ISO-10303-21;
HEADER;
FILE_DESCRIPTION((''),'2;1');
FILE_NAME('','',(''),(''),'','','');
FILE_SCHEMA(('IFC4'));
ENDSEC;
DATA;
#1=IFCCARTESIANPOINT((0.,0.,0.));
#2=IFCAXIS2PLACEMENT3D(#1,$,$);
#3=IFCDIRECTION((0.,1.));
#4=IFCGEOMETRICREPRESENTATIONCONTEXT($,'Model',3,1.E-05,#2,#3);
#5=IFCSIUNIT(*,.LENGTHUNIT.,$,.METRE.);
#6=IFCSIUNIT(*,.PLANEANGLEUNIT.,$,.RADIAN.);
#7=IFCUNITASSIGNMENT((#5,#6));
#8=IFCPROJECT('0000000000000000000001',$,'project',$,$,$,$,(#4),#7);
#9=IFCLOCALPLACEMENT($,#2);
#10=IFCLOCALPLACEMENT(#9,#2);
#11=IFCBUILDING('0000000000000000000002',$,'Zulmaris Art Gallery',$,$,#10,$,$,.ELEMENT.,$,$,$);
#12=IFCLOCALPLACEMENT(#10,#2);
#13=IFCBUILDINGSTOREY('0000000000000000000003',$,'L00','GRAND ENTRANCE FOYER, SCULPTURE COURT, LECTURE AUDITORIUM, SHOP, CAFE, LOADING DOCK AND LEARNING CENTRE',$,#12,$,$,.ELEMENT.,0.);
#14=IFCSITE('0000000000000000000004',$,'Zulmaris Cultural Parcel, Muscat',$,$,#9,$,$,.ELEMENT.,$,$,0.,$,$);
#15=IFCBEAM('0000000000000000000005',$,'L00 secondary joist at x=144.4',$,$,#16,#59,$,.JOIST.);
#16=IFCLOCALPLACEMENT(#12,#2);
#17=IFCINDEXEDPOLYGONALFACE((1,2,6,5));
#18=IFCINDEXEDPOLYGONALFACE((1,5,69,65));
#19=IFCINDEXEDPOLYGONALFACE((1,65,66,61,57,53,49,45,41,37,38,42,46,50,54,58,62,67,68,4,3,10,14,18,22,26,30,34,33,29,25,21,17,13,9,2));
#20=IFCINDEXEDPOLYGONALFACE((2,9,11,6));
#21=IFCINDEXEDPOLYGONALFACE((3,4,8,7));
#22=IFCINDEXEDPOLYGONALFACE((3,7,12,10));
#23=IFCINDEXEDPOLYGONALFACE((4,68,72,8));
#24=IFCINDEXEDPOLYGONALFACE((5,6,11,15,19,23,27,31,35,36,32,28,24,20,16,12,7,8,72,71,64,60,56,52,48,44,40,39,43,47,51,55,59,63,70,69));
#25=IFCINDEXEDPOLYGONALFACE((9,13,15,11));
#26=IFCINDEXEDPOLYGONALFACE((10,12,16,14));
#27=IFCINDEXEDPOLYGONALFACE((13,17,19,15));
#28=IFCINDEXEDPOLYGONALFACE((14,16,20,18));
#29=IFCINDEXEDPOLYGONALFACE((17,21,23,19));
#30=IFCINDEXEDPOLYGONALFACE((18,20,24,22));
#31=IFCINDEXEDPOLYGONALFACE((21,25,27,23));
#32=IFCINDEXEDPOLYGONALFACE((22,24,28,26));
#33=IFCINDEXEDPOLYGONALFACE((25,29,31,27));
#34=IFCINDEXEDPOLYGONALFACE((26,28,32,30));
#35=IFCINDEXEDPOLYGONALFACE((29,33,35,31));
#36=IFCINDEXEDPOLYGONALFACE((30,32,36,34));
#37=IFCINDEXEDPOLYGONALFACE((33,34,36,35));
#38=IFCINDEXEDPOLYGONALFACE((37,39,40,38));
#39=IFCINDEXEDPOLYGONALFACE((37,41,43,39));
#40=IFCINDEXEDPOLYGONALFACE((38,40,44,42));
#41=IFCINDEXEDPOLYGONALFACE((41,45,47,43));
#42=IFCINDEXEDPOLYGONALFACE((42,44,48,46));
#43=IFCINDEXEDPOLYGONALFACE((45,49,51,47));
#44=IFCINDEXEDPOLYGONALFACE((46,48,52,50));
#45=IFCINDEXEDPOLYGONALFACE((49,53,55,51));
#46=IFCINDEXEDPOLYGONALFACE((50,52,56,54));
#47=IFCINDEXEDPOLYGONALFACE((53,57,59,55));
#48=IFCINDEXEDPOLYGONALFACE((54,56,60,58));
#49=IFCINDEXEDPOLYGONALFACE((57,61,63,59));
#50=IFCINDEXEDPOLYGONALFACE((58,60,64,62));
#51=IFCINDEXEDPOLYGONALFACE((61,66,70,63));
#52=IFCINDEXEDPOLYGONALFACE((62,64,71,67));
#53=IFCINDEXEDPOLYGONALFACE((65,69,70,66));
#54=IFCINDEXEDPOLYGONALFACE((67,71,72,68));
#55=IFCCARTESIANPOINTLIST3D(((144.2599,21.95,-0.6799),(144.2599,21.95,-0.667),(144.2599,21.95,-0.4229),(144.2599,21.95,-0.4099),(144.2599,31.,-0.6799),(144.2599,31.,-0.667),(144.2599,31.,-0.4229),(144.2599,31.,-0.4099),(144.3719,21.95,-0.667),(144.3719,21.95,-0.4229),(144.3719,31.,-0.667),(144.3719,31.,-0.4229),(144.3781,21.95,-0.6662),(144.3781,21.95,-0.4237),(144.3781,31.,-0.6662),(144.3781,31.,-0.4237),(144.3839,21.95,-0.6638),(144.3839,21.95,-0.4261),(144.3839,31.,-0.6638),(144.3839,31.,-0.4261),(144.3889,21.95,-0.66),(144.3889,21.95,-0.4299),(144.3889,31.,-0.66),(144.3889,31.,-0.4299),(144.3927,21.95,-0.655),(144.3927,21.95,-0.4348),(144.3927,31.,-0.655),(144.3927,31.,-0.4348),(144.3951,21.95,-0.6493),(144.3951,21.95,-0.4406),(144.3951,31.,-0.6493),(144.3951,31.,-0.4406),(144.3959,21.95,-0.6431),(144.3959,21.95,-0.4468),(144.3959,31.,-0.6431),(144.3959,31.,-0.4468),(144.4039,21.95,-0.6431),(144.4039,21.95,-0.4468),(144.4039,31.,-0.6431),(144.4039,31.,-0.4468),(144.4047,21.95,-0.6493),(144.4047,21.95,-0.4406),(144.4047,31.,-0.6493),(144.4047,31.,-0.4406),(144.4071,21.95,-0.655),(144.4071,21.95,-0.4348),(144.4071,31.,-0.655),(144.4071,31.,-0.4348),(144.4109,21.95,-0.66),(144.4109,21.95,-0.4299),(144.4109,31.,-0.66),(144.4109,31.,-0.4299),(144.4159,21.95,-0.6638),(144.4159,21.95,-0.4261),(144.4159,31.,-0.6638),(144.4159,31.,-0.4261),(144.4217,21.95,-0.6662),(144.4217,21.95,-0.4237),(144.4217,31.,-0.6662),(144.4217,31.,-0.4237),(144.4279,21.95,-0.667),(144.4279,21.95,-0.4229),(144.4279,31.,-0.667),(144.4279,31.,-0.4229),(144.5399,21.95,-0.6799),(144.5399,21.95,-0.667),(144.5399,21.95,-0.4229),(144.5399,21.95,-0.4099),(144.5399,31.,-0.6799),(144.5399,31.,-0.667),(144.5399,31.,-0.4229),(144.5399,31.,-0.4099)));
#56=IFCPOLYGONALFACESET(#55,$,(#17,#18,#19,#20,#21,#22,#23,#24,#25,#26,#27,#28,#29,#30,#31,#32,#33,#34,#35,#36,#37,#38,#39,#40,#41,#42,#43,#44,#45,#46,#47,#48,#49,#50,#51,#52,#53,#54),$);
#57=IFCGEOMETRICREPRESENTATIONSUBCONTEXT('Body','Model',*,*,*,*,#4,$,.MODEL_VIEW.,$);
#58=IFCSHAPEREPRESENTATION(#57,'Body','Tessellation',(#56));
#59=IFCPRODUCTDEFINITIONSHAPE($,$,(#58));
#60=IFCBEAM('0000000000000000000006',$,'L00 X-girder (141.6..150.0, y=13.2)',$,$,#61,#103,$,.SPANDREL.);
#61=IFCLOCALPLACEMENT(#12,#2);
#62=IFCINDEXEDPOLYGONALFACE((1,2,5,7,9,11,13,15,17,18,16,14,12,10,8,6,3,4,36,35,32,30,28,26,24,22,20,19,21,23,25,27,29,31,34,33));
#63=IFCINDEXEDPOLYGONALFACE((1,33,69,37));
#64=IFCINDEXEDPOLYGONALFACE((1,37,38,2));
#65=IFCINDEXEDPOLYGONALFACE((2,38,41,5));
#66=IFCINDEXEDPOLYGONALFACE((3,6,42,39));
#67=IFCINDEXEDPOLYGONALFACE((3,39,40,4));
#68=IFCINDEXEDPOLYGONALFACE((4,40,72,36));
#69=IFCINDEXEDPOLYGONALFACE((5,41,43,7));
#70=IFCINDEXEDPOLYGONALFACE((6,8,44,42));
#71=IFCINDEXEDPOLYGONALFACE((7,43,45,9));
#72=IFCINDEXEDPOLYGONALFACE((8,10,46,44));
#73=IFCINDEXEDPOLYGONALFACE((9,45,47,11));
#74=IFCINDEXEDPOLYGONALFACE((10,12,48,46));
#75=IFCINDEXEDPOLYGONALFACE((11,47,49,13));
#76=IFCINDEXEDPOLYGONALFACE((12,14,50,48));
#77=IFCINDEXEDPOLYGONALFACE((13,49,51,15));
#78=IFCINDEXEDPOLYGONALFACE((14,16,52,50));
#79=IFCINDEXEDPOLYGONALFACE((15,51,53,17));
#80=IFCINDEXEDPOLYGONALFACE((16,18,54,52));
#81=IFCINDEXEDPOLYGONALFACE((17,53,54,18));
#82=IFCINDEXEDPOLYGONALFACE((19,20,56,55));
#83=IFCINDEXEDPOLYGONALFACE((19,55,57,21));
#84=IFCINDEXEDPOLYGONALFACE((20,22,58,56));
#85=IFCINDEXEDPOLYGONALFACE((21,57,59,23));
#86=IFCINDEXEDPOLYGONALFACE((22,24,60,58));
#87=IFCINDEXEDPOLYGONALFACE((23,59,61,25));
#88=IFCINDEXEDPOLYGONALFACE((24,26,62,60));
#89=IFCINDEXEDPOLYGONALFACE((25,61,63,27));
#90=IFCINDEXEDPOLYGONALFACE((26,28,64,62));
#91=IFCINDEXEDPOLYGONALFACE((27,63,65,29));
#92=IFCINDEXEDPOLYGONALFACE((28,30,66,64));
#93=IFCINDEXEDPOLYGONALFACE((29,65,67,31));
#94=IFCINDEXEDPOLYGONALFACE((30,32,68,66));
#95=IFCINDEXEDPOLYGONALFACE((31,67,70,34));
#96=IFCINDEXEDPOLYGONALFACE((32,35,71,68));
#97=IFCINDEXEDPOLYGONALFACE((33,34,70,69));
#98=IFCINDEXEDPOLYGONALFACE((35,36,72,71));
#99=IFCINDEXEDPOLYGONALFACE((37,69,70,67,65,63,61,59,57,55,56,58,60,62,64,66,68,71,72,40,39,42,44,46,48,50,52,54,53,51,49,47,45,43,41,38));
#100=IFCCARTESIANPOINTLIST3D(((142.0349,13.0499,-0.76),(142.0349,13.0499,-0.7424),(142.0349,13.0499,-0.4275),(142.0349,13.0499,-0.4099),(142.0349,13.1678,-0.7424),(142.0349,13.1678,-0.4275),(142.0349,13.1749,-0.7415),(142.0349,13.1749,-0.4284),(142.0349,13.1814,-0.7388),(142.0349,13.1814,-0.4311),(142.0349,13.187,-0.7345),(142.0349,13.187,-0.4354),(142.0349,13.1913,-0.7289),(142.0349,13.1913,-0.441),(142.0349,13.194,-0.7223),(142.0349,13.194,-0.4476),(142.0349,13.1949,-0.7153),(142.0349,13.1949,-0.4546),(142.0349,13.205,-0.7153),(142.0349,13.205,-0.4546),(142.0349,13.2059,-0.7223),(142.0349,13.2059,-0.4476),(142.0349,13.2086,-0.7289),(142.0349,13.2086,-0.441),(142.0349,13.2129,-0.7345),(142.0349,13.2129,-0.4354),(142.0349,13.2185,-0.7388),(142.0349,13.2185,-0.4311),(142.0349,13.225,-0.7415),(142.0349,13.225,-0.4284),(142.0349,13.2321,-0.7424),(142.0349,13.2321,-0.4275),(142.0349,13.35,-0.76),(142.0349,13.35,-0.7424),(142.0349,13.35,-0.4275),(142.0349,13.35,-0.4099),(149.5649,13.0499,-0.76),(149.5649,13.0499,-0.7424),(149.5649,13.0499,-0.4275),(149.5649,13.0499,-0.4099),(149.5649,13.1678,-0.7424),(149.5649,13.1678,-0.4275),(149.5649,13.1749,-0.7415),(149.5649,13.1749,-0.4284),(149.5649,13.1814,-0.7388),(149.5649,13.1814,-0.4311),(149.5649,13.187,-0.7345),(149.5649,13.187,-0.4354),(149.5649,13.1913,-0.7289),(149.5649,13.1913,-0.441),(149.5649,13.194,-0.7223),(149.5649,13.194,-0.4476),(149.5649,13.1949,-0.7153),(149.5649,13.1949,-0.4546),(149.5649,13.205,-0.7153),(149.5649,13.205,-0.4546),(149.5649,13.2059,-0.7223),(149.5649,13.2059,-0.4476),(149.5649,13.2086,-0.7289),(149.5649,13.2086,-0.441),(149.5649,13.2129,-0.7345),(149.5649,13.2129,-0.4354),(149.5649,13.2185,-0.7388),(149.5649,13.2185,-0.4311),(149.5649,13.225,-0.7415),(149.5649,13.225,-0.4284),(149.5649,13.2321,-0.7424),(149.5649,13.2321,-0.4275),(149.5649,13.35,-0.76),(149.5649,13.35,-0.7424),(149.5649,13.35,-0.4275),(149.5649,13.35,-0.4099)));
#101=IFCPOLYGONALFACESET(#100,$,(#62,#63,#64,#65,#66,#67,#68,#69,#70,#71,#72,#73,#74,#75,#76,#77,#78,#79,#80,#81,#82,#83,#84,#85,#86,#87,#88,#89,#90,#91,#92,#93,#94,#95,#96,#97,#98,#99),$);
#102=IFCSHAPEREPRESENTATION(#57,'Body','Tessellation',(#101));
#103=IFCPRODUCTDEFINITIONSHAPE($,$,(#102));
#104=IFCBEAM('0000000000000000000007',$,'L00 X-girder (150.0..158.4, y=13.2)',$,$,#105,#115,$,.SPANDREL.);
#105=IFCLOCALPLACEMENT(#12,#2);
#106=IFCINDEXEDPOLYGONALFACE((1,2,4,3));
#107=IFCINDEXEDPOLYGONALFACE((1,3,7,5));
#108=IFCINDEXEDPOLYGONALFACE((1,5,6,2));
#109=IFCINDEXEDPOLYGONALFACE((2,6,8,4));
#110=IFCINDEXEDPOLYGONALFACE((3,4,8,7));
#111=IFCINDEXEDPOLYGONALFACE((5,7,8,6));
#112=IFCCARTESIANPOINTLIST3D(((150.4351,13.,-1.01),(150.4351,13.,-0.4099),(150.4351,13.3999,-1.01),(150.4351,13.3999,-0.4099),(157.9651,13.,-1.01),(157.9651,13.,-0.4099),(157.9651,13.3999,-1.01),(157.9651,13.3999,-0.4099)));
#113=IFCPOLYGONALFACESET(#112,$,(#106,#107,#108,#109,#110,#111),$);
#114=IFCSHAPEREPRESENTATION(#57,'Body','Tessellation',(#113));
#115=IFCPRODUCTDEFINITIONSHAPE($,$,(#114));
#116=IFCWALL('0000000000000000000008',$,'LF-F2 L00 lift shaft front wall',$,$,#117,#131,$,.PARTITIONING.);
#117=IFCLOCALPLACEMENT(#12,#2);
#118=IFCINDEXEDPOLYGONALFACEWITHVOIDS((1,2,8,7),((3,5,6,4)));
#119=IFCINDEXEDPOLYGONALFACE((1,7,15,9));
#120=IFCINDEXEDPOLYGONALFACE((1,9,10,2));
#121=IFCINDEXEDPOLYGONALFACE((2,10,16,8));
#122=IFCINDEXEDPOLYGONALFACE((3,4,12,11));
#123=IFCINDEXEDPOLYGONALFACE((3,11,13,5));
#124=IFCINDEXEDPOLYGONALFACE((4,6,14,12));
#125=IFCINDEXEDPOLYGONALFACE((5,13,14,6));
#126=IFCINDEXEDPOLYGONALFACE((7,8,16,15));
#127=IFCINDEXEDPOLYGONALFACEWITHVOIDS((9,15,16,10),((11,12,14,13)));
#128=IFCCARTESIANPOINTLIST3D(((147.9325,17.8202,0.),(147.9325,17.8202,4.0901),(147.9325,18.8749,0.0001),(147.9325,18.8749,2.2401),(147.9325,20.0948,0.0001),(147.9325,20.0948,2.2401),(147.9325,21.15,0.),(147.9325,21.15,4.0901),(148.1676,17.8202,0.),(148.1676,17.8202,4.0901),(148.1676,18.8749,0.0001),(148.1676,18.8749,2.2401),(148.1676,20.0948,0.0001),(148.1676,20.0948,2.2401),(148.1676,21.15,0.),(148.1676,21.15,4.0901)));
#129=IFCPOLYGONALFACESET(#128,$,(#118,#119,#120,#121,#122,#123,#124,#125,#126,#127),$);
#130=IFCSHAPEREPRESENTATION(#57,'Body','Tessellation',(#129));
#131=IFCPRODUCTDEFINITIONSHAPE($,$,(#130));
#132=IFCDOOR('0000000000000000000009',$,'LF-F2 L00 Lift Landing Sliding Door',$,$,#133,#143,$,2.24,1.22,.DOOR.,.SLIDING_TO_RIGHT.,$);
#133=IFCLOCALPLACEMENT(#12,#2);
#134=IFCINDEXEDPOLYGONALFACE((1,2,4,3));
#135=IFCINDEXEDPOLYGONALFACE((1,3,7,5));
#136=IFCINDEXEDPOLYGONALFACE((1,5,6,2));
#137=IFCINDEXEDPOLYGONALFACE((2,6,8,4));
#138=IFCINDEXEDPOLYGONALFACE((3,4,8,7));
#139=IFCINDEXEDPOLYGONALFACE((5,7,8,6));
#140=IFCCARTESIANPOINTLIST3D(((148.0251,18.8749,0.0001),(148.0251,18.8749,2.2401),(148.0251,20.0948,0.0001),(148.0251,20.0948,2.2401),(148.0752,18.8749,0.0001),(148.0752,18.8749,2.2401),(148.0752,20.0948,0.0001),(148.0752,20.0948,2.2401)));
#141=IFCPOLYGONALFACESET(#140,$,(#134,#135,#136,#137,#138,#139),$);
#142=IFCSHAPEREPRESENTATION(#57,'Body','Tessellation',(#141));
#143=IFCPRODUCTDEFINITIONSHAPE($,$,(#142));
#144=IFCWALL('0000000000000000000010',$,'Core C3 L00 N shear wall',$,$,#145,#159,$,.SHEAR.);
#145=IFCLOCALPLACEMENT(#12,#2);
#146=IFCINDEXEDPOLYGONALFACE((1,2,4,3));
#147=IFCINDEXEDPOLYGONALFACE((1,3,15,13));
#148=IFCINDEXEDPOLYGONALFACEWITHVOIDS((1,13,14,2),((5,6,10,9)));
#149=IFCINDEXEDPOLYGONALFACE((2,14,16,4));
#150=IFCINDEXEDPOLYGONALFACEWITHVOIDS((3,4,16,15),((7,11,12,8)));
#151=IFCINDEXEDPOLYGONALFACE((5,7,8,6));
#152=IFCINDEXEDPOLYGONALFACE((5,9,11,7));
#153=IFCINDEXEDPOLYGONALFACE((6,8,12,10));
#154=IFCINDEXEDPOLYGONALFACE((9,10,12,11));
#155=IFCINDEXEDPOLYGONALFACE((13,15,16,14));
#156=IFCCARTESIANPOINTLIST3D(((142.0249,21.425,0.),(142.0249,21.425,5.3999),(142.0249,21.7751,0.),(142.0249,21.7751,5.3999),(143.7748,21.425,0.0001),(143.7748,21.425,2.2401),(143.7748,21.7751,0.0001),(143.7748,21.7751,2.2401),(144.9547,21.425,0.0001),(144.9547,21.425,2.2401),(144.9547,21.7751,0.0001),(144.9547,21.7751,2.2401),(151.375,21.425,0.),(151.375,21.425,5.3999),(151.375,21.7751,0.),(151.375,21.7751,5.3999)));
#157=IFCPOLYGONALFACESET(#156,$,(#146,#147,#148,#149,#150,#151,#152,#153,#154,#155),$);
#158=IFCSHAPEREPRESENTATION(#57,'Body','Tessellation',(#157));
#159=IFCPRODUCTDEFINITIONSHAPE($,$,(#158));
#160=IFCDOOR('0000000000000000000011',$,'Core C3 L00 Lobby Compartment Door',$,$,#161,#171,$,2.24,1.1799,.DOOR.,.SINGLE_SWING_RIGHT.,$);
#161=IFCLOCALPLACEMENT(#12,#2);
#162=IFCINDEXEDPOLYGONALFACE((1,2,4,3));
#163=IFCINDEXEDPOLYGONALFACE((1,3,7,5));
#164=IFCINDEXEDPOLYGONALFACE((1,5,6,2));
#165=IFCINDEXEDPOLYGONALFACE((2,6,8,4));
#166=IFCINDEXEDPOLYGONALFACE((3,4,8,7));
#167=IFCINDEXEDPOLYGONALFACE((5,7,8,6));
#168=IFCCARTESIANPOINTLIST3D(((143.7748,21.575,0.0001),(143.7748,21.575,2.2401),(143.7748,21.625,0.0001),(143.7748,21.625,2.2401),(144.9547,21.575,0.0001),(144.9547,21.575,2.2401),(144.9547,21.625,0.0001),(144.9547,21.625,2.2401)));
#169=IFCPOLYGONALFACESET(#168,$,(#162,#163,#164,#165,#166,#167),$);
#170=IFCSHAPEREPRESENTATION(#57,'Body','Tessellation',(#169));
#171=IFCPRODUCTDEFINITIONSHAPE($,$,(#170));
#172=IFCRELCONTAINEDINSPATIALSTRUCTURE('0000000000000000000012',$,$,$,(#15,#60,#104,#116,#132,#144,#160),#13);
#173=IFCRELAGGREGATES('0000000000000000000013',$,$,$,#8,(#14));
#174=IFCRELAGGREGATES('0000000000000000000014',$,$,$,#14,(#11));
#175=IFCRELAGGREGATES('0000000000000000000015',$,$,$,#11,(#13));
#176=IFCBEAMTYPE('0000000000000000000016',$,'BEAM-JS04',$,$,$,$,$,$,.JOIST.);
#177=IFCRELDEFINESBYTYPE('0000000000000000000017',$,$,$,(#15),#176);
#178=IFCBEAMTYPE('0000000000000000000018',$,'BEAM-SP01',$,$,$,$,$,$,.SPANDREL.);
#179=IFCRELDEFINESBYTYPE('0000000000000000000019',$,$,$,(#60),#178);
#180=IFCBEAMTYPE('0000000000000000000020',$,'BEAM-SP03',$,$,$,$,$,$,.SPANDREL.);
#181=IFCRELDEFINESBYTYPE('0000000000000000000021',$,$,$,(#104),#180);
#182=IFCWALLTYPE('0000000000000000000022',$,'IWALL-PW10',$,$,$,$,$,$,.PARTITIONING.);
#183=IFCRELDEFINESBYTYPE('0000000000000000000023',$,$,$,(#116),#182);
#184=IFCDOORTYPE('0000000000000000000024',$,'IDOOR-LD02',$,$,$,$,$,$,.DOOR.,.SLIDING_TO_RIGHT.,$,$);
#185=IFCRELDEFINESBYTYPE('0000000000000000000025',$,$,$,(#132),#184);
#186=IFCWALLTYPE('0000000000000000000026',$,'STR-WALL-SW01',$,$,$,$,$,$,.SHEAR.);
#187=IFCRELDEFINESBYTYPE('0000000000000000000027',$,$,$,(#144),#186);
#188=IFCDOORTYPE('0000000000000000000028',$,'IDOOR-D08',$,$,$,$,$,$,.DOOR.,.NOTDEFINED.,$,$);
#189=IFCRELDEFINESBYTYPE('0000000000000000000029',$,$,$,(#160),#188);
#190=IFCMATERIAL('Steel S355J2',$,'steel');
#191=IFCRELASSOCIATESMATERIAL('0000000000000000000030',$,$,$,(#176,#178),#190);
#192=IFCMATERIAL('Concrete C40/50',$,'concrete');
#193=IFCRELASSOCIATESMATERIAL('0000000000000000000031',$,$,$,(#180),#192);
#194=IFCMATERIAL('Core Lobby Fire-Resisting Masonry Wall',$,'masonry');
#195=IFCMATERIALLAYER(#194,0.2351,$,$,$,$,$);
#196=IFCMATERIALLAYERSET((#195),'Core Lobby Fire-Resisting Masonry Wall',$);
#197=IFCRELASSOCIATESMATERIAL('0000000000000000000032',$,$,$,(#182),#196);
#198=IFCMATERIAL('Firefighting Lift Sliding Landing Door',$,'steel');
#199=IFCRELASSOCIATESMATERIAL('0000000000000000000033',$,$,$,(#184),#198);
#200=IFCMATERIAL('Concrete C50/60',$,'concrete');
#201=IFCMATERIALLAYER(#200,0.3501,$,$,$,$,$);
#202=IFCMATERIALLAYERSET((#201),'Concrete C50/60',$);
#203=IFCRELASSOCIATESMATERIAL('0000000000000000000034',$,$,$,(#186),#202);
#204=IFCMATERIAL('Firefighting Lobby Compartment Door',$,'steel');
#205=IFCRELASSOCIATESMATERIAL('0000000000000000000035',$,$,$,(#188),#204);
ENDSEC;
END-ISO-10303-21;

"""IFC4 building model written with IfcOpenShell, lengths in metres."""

from ifc_helpers import new_model, si_unit, direction, frame, frame_2d, origin, origin_2d, place, context, subcontext, project, spatial, rectangle, i_section, extrude, material, layer, layer_set, material_profile, profile_set, type_object, element, fill, save


model = new_model("IFC4")

# Units and contexts
model_context = context("Model", 3, precision=1e-05, world=origin(), true_north=direction((0.0, 1.0)))
body_context = subcontext(model_context, "Body", "Model", "MODEL_VIEW")
ifc_project = project(units=[si_unit("LENGTHUNIT", "METRE"), si_unit("PLANEANGLEUNIT", "RADIAN")], contexts=[model_context])

# Site, building, storey
site_placement = place(None, origin())
site = spatial("IfcSite", under=ifc_project, at=site_placement, Name="Zulmaris Cultural Parcel, Muscat", CompositionType="ELEMENT", RefElevation=0.0)
building_placement = place(site_placement, origin())
building = spatial("IfcBuilding", under=site, at=building_placement, Name="Zulmaris Art Gallery", CompositionType="ELEMENT")
storey_placement = place(building_placement, origin())
storey = spatial("IfcBuildingStorey", under=building, at=storey_placement, Name="L00", Description="GRAND ENTRANCE FOYER, SCULPTURE COURT, LECTURE AUDITORIUM, SHOP, CAFE, LOADING DOCK AND LEARNING CENTRE", CompositionType="ELEMENT", Elevation=0.0)

# Shared definitions
ifc_material_1 = material(Name="Concrete C50/60", Category="concrete")

# Beams
ifc_material_2 = material(Name="Concrete C40/50", Category="concrete")
ifc_material_3 = material(Name="Steel S355J2", Category="steel")
ifc_material_profile_1 = material_profile(ifc_material_3, i_section(OverallWidth=0.28, OverallDepth=0.27, WebThickness=0.0081, FlangeThickness=0.0129, FilletRadius=0.0239, at=origin_2d()), Name="HEA 280")
ifc_profile_set_1 = profile_set([ifc_material_profile_1], Name="Steel S355J2")
beam_type_1 = type_object("IfcBeamType", Name="BEAM-JS04", PredefinedType="JOIST", material=ifc_profile_set_1)
beam_1_placement = place(storey_placement, frame((144.3999, 21.95, -0.5449), z_axis=(0.0, 1.0, 0.0), x_axis=(-1.0, 0.0, 0.0)))
element("IfcBeam", 1, at=beam_1_placement, inside=storey, type_object=beam_type_1, Name="L00 secondary joist at x=144.4", PredefinedType="JOIST", context=body_context, shape_type="SweptSolid", body=[
    extrude(i_section(OverallWidth=0.28, OverallDepth=0.27, WebThickness=0.0081, FlangeThickness=0.0129, FilletRadius=0.0239, at=origin_2d()), origin(), (0.0, 0.0, 1.0), 9.05),
])
ifc_material_profile_2 = material_profile(ifc_material_3, i_section(OverallWidth=0.3, OverallDepth=0.3501, WebThickness=0.01, FlangeThickness=0.0176, FilletRadius=0.0271, at=origin_2d()), Name="HEA 360")
ifc_profile_set_2 = profile_set([ifc_material_profile_2], Name="Steel S355J2")
beam_type_2 = type_object("IfcBeamType", Name="BEAM-SP01", PredefinedType="SPANDREL", material=ifc_profile_set_2)
beam_2_placement = place(storey_placement, frame((142.0349, 13.2, -0.585), z_axis=(1.0, 0.0, 0.0), x_axis=(0.0, 1.0, 0.0)))
element("IfcBeam", 2, at=beam_2_placement, inside=storey, type_object=beam_type_2, Name="L00 X-girder (141.6..150.0, y=13.2)", PredefinedType="SPANDREL", context=body_context, shape_type="SweptSolid", body=[
    extrude(i_section(OverallWidth=0.3, OverallDepth=0.3501, WebThickness=0.01, FlangeThickness=0.0176, FilletRadius=0.0271, at=origin_2d()), origin(), (0.0, 0.0, 1.0), 7.53),
])
ifc_material_profile_3 = material_profile(ifc_material_2, rectangle(XDim=0.3999, YDim=0.6001, at=origin_2d()), Name="RC 400x600")
ifc_profile_set_3 = profile_set([ifc_material_profile_3], Name="Concrete C40/50")
beam_type_3 = type_object("IfcBeamType", Name="BEAM-SP03", PredefinedType="SPANDREL", material=ifc_profile_set_3)
beam_3_placement = place(storey_placement, frame((150.4351, 13.2, -0.71), z_axis=(1.0, 0.0, 0.0), x_axis=(0.0, 1.0, 0.0)))
element("IfcBeam", 3, at=beam_3_placement, inside=storey, type_object=beam_type_3, Name="L00 X-girder (150.0..158.4, y=13.2)", PredefinedType="SPANDREL", context=body_context, shape_type="SweptSolid", body=[
    extrude(rectangle(XDim=0.3999, YDim=0.6001, at=origin_2d()), origin(), (0.0, 0.0, 1.0), 7.53),
])

# Walls, openings, doors
ifc_material_4 = material(Name="Core Lobby Fire-Resisting Masonry Wall", Category="masonry")
ifc_layer_1 = layer(ifc_material_4, 0.2351)
ifc_layer_set_1 = layer_set([ifc_layer_1], Name="Core Lobby Fire-Resisting Masonry Wall")
wall_type_1 = type_object("IfcWallType", Name="IWALL-PW10", PredefinedType="PARTITIONING", material=ifc_layer_set_1)
wall_1_placement = place(storey_placement, frame((148.05, 17.8201, 0.0), z_axis=(0.0, 0.0, 1.0), x_axis=(0.0, 1.0, 0.0)))
wall_1 = element("IfcWall", 4, at=wall_1_placement, inside=storey, type_object=wall_type_1, Name="LF-F2 L00 lift shaft front wall", PredefinedType="PARTITIONING", context=body_context, shape_type="SweptSolid", body=[
    extrude(rectangle(XDim=3.3298, YDim=0.2351, at=frame_2d((1.665, 0.0))), origin(), (0.0, 0.0, 1.0), 4.0901),
])
opening_1_placement = place(wall_1_placement, frame((1.0549, 0.0, 0.0)))
opening_1 = element("IfcOpeningElement", 5, at=opening_1_placement, cuts=wall_1, PredefinedType="OPENING", context=body_context, shape_type="SweptSolid", body=[
    extrude(rectangle(XDim=1.22, YDim=2.24, at=frame_2d((0.6099, 1.1201))), frame((0.0, 0.1274, 0.0), z_axis=(0.0, -1.0, 0.0), x_axis=(1.0, 0.0, 0.0)), (0.0, 0.0, 1.0), 0.2551),
])
ifc_material_5 = material(Name="Firefighting Lift Sliding Landing Door", Category="steel")
door_type_1 = type_object("IfcDoorType", Name="IDOOR-LD02", OperationType="SLIDING_TO_RIGHT", PredefinedType="DOOR", material=ifc_material_5)
door_1_placement = place(opening_1_placement, origin())
door_1 = element("IfcDoor", 6, at=door_1_placement, inside=storey, type_object=door_type_1, Name="LF-F2 L00 Lift Landing Sliding Door", OperationType="SLIDING_TO_RIGHT", OverallHeight=2.24, OverallWidth=1.22, PredefinedType="DOOR", context=body_context, shape_type="SweptSolid", body=[
    extrude(rectangle(XDim=1.22, YDim=2.24, at=frame_2d((0.6099, 1.1201))), frame((0.0, 0.0249, 0.0), z_axis=(0.0, -1.0, 0.0), x_axis=(1.0, 0.0, 0.0)), (0.0, 0.0, 1.0), 0.05),
])
fill(opening_1, door_1)
ifc_layer_2 = layer(ifc_material_1, 0.3501)
ifc_layer_set_2 = layer_set([ifc_layer_2], Name="Concrete C50/60")
wall_type_2 = type_object("IfcWallType", Name="STR-WALL-SW01", PredefinedType="SHEAR", material=ifc_layer_set_2)
wall_2_placement = place(storey_placement, frame((142.0249, 21.6001, 0.0), z_axis=(0.0, 0.0, 1.0), x_axis=(1.0, 0.0, 0.0)))
wall_2 = element("IfcWall", 7, at=wall_2_placement, inside=storey, type_object=wall_type_2, Name="Core C3 L00 N shear wall", PredefinedType="SHEAR", context=body_context, shape_type="SweptSolid", body=[
    extrude(rectangle(XDim=9.3501, YDim=0.3501, at=frame_2d((4.675, 0.0))), origin(), (0.0, 0.0, 1.0), 5.3999),
])
opening_2_placement = place(wall_2_placement, frame((1.75, 0.0, 0.0)))
opening_2 = element("IfcOpeningElement", 8, at=opening_2_placement, cuts=wall_2, PredefinedType="OPENING", context=body_context, shape_type="SweptSolid", body=[
    extrude(rectangle(XDim=1.1799, YDim=2.24, at=frame_2d((0.5898, 1.1201))), frame((0.0, 0.1851, 0.0), z_axis=(0.0, -1.0, 0.0), x_axis=(1.0, 0.0, 0.0)), (0.0, 0.0, 1.0), 0.3701),
])
ifc_material_6 = material(Name="Firefighting Lobby Compartment Door", Category="steel")
door_type_2 = type_object("IfcDoorType", Name="IDOOR-D08", OperationType="NOTDEFINED", PredefinedType="DOOR", material=ifc_material_6)
door_2_placement = place(opening_2_placement, origin())
door_2 = element("IfcDoor", 9, at=door_2_placement, inside=storey, type_object=door_type_2, Name="Core C3 L00 Lobby Compartment Door", OperationType="SINGLE_SWING_RIGHT", OverallHeight=2.24, OverallWidth=1.1799, PredefinedType="DOOR", context=body_context, shape_type="SweptSolid", body=[
    extrude(rectangle(XDim=1.1799, YDim=2.24, at=frame_2d((0.5898, 1.1201))), frame((0.0, 0.0249, 0.0), z_axis=(0.0, -1.0, 0.0), x_axis=(1.0, 0.0, 0.0)), (0.0, 0.0, 1.0), 0.05),
])
fill(opening_2, door_2)

save(model, "model.ifc")
